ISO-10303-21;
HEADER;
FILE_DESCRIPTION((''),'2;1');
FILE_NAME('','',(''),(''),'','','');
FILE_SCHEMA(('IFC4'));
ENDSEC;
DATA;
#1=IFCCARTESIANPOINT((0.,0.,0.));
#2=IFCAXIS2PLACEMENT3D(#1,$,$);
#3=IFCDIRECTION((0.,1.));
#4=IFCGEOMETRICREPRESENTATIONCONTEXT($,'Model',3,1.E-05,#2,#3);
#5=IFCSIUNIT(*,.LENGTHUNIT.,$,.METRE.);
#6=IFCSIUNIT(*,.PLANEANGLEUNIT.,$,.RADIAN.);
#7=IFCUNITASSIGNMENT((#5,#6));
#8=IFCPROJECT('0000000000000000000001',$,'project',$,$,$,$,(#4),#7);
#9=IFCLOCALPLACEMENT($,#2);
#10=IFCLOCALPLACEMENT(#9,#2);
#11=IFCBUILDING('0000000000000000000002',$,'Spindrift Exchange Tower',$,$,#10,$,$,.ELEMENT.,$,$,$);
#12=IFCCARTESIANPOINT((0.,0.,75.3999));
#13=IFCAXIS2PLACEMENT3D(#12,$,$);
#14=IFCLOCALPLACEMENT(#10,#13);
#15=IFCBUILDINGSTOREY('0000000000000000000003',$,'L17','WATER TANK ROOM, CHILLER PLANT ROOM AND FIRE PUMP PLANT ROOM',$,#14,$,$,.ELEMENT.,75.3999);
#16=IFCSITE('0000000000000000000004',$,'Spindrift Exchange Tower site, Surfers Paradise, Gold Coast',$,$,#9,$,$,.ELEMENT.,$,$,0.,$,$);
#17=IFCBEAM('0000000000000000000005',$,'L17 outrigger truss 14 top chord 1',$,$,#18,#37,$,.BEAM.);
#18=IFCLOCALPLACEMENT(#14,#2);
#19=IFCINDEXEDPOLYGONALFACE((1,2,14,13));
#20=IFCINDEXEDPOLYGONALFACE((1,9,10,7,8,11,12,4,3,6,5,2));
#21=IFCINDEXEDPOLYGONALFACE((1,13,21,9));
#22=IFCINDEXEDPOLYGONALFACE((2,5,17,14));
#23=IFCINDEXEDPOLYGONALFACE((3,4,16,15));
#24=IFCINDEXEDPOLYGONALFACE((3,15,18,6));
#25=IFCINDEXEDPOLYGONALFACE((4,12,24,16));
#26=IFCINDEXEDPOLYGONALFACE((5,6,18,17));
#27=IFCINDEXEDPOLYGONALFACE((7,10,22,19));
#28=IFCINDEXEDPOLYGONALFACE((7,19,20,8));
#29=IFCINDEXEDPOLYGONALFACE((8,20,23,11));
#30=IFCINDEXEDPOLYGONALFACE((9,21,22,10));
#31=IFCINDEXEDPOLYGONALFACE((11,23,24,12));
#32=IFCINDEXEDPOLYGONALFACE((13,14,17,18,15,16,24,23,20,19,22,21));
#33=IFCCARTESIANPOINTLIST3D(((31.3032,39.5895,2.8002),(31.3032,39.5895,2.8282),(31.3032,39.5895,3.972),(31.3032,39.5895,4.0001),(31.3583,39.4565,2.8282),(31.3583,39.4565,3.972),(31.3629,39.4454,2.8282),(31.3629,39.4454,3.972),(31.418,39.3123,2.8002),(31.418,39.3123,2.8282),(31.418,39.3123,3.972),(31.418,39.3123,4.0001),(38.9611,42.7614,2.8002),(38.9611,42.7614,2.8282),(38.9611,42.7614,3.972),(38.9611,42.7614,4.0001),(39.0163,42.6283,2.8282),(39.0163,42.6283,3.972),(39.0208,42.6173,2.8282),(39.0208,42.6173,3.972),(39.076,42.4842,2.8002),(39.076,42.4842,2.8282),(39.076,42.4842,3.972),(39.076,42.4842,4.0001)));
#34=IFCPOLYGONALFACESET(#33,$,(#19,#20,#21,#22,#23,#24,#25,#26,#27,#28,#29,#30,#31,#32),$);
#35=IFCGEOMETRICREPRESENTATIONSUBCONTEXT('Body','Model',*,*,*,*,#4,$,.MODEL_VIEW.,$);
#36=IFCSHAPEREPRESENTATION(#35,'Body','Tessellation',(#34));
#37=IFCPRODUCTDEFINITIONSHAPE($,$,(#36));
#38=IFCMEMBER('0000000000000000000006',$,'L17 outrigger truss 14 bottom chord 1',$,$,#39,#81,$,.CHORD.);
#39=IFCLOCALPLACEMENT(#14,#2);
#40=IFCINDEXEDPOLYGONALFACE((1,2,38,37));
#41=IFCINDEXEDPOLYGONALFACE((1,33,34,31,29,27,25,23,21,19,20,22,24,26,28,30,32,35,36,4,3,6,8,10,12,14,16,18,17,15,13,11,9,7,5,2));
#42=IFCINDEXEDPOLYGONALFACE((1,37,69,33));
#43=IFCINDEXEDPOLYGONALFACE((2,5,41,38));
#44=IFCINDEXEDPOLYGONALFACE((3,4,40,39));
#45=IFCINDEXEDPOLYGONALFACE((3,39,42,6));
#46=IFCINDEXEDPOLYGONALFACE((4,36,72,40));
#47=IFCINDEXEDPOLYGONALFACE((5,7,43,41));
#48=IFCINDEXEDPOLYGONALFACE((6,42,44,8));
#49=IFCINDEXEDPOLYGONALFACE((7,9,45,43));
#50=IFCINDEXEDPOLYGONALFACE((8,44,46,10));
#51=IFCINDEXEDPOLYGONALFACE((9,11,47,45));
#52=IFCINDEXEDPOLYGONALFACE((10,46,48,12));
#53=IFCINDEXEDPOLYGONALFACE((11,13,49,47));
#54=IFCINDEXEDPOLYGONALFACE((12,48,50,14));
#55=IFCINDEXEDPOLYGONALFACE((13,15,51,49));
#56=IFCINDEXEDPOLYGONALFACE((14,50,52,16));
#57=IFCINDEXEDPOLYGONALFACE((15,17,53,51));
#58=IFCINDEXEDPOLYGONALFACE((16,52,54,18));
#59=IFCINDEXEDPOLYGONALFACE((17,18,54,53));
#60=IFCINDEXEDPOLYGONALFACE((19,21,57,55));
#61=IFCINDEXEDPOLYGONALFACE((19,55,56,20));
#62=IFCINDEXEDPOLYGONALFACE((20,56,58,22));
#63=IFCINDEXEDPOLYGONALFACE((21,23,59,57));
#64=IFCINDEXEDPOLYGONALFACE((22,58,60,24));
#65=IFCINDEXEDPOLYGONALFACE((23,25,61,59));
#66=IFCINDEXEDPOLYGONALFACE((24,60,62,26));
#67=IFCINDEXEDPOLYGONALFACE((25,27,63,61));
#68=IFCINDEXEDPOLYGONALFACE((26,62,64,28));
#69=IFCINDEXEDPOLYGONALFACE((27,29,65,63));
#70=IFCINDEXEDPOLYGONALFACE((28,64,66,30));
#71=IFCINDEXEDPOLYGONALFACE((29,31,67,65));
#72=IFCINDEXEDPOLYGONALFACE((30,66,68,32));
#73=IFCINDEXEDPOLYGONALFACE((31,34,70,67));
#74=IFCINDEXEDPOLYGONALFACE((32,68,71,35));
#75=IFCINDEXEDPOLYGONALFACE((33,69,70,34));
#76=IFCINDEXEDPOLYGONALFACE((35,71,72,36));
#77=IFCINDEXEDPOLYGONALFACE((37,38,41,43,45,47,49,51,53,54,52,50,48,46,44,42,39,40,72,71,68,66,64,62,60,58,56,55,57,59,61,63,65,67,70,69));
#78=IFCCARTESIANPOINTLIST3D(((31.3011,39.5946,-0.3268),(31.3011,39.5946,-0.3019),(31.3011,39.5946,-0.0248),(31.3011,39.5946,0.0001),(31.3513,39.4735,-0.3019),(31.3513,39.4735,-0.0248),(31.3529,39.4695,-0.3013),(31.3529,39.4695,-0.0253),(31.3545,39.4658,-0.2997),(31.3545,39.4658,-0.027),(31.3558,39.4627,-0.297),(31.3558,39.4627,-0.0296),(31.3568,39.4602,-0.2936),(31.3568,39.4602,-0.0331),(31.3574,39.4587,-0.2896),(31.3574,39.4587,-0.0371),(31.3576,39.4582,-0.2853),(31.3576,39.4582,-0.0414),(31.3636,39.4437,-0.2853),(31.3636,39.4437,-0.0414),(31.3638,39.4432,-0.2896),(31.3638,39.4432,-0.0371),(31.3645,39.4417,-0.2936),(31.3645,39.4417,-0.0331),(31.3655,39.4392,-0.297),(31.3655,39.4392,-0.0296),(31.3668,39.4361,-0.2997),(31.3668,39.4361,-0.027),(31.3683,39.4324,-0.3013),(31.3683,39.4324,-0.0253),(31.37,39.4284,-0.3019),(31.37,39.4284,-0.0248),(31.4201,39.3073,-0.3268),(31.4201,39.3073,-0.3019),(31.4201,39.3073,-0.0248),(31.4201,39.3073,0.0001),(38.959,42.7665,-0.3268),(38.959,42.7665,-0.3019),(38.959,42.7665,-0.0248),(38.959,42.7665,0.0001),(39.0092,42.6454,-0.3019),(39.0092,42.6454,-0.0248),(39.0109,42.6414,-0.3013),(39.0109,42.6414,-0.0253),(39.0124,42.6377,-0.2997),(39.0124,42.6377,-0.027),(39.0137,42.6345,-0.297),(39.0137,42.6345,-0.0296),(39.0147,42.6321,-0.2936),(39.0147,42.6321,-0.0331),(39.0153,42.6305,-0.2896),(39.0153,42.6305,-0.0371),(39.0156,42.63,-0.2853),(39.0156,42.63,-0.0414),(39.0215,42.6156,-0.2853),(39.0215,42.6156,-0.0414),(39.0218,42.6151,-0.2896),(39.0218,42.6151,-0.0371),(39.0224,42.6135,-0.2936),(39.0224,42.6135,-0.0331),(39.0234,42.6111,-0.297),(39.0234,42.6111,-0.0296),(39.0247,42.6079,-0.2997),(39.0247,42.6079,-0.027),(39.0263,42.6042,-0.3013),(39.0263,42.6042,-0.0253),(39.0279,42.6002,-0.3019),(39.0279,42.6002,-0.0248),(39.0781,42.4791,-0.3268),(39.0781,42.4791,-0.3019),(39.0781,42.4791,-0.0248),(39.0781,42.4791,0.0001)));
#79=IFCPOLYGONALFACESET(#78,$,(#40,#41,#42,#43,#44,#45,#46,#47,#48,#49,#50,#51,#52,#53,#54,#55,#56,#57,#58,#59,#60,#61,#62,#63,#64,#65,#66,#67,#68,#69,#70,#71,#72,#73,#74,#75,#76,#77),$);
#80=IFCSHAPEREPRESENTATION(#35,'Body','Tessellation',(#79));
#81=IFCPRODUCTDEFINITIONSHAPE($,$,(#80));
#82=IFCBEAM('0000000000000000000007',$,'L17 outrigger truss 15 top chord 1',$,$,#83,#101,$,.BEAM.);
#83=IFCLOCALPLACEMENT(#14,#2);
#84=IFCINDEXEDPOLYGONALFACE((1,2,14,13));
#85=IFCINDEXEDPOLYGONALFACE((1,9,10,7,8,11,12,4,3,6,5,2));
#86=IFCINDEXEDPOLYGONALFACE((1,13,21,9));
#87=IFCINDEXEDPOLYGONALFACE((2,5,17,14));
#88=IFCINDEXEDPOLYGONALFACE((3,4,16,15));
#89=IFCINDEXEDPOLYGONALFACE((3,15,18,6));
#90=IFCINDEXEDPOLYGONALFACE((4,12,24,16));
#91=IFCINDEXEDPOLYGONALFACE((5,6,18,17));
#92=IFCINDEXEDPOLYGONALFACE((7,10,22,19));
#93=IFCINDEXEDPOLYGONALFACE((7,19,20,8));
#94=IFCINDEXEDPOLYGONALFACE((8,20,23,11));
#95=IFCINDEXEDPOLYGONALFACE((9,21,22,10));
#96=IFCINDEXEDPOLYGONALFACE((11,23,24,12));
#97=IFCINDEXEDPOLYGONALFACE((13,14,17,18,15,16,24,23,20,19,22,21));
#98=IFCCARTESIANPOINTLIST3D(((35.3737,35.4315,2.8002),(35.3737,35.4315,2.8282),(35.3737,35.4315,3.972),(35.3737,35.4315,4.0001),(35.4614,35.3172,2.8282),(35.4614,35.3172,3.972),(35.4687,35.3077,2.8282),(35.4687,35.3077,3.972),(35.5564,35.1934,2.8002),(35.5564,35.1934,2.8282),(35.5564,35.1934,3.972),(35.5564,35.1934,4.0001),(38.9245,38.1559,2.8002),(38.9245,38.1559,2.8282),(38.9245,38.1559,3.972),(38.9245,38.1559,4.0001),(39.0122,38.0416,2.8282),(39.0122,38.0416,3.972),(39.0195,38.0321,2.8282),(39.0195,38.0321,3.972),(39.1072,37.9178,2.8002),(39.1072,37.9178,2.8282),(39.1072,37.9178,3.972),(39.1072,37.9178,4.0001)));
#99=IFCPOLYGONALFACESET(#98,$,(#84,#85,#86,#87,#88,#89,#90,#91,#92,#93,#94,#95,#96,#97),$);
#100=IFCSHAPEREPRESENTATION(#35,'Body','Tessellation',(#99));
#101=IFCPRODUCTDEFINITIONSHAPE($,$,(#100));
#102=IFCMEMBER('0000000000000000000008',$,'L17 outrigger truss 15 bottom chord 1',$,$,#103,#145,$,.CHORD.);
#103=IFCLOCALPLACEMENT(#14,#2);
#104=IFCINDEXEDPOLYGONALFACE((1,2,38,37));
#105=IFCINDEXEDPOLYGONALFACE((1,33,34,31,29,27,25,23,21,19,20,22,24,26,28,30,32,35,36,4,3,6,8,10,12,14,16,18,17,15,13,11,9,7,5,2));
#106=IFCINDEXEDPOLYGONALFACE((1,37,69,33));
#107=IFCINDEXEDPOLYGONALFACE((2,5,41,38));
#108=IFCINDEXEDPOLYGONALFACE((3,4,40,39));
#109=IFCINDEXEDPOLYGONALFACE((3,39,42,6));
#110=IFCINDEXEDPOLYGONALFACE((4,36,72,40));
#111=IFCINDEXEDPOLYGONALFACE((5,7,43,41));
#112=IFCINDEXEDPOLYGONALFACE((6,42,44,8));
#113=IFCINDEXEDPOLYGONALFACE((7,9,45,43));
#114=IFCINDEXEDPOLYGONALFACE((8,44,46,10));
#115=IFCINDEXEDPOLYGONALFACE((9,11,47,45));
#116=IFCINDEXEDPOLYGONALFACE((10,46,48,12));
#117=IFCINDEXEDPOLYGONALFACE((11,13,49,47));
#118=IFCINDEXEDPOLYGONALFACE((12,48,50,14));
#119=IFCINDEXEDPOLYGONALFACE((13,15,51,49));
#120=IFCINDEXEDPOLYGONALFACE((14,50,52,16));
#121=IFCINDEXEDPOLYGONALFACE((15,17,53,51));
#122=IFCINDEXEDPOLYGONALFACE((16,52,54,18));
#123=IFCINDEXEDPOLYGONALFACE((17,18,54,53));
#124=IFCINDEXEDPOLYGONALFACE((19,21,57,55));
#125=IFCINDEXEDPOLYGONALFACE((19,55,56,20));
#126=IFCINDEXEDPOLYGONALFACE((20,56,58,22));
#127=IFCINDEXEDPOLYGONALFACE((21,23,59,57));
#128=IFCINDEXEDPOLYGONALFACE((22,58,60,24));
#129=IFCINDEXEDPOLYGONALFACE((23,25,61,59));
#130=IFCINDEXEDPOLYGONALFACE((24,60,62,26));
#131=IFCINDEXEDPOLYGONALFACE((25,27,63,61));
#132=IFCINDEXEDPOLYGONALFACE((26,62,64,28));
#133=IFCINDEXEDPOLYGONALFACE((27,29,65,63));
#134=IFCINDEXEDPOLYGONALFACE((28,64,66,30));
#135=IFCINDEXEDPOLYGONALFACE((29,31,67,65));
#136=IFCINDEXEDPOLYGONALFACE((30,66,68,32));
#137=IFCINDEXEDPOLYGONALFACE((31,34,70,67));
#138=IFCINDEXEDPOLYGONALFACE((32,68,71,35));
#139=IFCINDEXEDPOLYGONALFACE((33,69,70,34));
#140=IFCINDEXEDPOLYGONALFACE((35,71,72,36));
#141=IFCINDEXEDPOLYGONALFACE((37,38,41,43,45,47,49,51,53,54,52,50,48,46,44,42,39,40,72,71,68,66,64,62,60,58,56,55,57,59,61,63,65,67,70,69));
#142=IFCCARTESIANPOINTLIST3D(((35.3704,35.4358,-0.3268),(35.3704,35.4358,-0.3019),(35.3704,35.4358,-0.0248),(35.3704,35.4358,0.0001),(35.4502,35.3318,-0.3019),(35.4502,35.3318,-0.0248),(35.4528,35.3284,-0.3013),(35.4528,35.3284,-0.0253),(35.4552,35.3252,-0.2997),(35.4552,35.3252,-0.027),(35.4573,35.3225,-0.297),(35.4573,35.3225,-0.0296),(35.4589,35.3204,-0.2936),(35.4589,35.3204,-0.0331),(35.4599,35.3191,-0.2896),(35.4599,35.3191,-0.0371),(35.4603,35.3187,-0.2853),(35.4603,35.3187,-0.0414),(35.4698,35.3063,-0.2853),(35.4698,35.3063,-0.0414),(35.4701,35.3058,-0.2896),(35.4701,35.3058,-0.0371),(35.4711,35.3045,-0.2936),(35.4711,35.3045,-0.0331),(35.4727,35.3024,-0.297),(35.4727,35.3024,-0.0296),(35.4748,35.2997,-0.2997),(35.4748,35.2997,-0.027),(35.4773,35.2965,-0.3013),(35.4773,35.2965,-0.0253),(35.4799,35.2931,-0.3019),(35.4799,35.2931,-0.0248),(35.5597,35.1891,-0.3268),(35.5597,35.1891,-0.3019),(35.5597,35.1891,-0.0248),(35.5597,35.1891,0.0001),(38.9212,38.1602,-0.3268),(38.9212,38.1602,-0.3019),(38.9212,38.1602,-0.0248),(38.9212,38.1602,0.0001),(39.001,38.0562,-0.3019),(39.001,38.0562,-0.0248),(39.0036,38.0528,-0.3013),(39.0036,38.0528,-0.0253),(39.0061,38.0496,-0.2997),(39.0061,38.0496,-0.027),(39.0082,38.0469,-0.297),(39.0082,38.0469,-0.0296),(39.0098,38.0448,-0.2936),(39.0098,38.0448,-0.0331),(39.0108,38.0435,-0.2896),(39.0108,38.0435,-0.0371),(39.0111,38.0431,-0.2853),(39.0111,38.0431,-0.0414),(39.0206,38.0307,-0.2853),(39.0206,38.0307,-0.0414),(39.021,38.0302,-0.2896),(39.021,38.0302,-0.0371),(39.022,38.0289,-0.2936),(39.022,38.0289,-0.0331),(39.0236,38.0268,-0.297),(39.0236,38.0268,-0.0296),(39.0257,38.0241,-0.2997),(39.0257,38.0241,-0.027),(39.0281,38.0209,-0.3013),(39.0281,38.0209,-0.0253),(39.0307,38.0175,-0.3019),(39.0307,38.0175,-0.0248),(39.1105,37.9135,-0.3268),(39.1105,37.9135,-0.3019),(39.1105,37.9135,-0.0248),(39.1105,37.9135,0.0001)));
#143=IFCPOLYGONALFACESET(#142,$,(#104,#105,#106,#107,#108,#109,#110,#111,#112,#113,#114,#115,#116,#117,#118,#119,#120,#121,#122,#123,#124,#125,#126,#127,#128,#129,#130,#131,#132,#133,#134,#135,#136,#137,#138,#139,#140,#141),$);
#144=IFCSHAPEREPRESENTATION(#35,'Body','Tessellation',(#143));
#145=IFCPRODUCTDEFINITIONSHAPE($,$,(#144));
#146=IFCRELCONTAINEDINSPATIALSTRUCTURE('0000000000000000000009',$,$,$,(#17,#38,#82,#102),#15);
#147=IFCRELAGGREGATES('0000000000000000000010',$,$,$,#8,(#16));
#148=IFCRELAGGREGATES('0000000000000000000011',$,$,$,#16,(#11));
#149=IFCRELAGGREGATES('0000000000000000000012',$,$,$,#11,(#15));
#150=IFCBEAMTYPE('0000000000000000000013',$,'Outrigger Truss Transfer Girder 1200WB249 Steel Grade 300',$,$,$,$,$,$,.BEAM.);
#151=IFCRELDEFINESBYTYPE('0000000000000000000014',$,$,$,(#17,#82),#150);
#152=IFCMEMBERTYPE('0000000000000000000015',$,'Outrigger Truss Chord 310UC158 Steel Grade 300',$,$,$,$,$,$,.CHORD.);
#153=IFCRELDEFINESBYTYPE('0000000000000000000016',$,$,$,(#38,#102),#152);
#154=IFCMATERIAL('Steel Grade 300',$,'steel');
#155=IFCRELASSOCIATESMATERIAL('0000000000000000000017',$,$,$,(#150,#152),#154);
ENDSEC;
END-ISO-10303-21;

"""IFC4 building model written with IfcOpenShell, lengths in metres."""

from ifc_helpers import new_model, si_unit, direction, frame, origin, origin_2d, place, context, subcontext, project, spatial, i_section, extrude, source, transform, mapped, material, material_profile, profile_set, type_object, element, save


model = new_model("IFC4")

# Units and contexts
model_context = context("Model", 3, precision=1e-05, world=origin(), true_north=direction((0.0, 1.0)))
body_context = subcontext(model_context, "Body", "Model", "MODEL_VIEW")
ifc_project = project(units=[si_unit("LENGTHUNIT", "METRE"), si_unit("PLANEANGLEUNIT", "RADIAN")], contexts=[model_context])

# Site, building, storey
site_placement = place(None, origin())
site = spatial("IfcSite", under=ifc_project, at=site_placement, Name="Spindrift Exchange Tower site, Surfers Paradise, Gold Coast", CompositionType="ELEMENT", RefElevation=0.0)
building_placement = place(site_placement, origin())
building = spatial("IfcBuilding", under=site, at=building_placement, Name="Spindrift Exchange Tower", CompositionType="ELEMENT")
storey_placement = place(building_placement, frame((0.0, 0.0, 75.3999)))
storey = spatial("IfcBuildingStorey", under=building, at=storey_placement, Name="L17", Description="WATER TANK ROOM, CHILLER PLANT ROOM AND FIRE PUMP PLANT ROOM", CompositionType="ELEMENT", Elevation=75.3999)

# Beam
ifc_material_1 = material(Name="Steel Grade 300", Category="steel")
ifc_material_profile_1 = material_profile(ifc_material_1, i_section(OverallWidth=0.3, OverallDepth=1.2, WebThickness=0.012, FlangeThickness=0.0281, at=origin_2d()), Name="1200WB249")
ifc_profile_set_1 = profile_set([ifc_material_profile_1], Name="Steel Grade 300")
beam_type = type_object("IfcBeamType", Name="Outrigger Truss Transfer Girder 1200WB249 Steel Grade 300", PredefinedType="BEAM", material=ifc_profile_set_1)
shared_shape_1 = source(origin(), body_context, "Body", "SweptSolid", [
    extrude(i_section(OverallWidth=0.3, OverallDepth=1.2, WebThickness=0.012, FlangeThickness=0.0281, at=origin_2d()), origin(), (0.0, 0.0, 1.0), 8.2888),
])
beam_1_placement = place(storey_placement, frame((39.0186, 42.6228, 3.4001), z_axis=(-0.923886, -0.382667, 0.0), x_axis=(0.382667, -0.923886, 0.0)))
element("IfcBeam", 1, at=beam_1_placement, inside=storey, type_object=beam_type, Name="L17 outrigger truss 14 top chord 1", PredefinedType="BEAM", context=body_context, shape_type="MappedRepresentation", body=[
    mapped(shared_shape_1, transform((0.0, 0.0, 0.0), scale=1.0)),
])

# Member
ifc_material_profile_2 = material_profile(ifc_material_1, i_section(OverallWidth=0.311, OverallDepth=0.3269, WebThickness=0.0156, FlangeThickness=0.0249, FilletRadius=0.0166, at=origin_2d()), Name="310UC158")
ifc_profile_set_2 = profile_set([ifc_material_profile_2], Name="Steel Grade 300")
member_type = type_object("IfcMemberType", Name="Outrigger Truss Chord 310UC158 Steel Grade 300", PredefinedType="CHORD", material=ifc_profile_set_2)
shared_shape_2 = source(origin(), body_context, "Body", "SweptSolid", [
    extrude(i_section(OverallWidth=0.311, OverallDepth=0.3269, WebThickness=0.0156, FlangeThickness=0.0249, FilletRadius=0.0166, at=origin_2d()), origin(), (0.0, 0.0, 1.0), 8.2888),
])
member_1_placement = place(storey_placement, frame((39.0186, 42.6228, -0.1633), z_axis=(-0.923886, -0.382667, 0.0), x_axis=(0.382667, -0.923886, 0.0)))
element("IfcMember", 2, at=member_1_placement, inside=storey, type_object=member_type, Name="L17 outrigger truss 14 bottom chord 1", PredefinedType="CHORD", context=body_context, shape_type="MappedRepresentation", body=[
    mapped(shared_shape_2, transform((0.0, 0.0, 0.0), scale=1.0)),
])

# Beam
shared_shape_3 = source(origin(), body_context, "Body", "SweptSolid", [
    extrude(i_section(OverallWidth=0.3, OverallDepth=1.2, WebThickness=0.012, FlangeThickness=0.0281, at=origin_2d()), origin(), (0.0, 0.0, 1.0), 4.4756),
])
beam_2_placement = place(storey_placement, frame((39.0159, 38.0369, 3.4001), z_axis=(-0.79338, -0.608727, 0.0), x_axis=(0.608727, -0.79338, 0.0)))
element("IfcBeam", 3, at=beam_2_placement, inside=storey, type_object=beam_type, Name="L17 outrigger truss 15 top chord 1", PredefinedType="BEAM", context=body_context, shape_type="MappedRepresentation", body=[
    mapped(shared_shape_3, transform((0.0, 0.0, 0.0), scale=1.0)),
])

# Member
shared_shape_4 = source(origin(), body_context, "Body", "SweptSolid", [
    extrude(i_section(OverallWidth=0.311, OverallDepth=0.3269, WebThickness=0.0156, FlangeThickness=0.0249, FilletRadius=0.0166, at=origin_2d()), origin(), (0.0, 0.0, 1.0), 4.4756),
])
member_2_placement = place(storey_placement, frame((39.0159, 38.0369, -0.1633), z_axis=(-0.79338, -0.608727, 0.0), x_axis=(0.608727, -0.79338, 0.0)))
element("IfcMember", 4, at=member_2_placement, inside=storey, type_object=member_type, Name="L17 outrigger truss 15 bottom chord 1", PredefinedType="CHORD", context=body_context, shape_type="MappedRepresentation", body=[
    mapped(shared_shape_4, transform((0.0, 0.0, 0.0), scale=1.0)),
])

save(model, "model.ifc")
